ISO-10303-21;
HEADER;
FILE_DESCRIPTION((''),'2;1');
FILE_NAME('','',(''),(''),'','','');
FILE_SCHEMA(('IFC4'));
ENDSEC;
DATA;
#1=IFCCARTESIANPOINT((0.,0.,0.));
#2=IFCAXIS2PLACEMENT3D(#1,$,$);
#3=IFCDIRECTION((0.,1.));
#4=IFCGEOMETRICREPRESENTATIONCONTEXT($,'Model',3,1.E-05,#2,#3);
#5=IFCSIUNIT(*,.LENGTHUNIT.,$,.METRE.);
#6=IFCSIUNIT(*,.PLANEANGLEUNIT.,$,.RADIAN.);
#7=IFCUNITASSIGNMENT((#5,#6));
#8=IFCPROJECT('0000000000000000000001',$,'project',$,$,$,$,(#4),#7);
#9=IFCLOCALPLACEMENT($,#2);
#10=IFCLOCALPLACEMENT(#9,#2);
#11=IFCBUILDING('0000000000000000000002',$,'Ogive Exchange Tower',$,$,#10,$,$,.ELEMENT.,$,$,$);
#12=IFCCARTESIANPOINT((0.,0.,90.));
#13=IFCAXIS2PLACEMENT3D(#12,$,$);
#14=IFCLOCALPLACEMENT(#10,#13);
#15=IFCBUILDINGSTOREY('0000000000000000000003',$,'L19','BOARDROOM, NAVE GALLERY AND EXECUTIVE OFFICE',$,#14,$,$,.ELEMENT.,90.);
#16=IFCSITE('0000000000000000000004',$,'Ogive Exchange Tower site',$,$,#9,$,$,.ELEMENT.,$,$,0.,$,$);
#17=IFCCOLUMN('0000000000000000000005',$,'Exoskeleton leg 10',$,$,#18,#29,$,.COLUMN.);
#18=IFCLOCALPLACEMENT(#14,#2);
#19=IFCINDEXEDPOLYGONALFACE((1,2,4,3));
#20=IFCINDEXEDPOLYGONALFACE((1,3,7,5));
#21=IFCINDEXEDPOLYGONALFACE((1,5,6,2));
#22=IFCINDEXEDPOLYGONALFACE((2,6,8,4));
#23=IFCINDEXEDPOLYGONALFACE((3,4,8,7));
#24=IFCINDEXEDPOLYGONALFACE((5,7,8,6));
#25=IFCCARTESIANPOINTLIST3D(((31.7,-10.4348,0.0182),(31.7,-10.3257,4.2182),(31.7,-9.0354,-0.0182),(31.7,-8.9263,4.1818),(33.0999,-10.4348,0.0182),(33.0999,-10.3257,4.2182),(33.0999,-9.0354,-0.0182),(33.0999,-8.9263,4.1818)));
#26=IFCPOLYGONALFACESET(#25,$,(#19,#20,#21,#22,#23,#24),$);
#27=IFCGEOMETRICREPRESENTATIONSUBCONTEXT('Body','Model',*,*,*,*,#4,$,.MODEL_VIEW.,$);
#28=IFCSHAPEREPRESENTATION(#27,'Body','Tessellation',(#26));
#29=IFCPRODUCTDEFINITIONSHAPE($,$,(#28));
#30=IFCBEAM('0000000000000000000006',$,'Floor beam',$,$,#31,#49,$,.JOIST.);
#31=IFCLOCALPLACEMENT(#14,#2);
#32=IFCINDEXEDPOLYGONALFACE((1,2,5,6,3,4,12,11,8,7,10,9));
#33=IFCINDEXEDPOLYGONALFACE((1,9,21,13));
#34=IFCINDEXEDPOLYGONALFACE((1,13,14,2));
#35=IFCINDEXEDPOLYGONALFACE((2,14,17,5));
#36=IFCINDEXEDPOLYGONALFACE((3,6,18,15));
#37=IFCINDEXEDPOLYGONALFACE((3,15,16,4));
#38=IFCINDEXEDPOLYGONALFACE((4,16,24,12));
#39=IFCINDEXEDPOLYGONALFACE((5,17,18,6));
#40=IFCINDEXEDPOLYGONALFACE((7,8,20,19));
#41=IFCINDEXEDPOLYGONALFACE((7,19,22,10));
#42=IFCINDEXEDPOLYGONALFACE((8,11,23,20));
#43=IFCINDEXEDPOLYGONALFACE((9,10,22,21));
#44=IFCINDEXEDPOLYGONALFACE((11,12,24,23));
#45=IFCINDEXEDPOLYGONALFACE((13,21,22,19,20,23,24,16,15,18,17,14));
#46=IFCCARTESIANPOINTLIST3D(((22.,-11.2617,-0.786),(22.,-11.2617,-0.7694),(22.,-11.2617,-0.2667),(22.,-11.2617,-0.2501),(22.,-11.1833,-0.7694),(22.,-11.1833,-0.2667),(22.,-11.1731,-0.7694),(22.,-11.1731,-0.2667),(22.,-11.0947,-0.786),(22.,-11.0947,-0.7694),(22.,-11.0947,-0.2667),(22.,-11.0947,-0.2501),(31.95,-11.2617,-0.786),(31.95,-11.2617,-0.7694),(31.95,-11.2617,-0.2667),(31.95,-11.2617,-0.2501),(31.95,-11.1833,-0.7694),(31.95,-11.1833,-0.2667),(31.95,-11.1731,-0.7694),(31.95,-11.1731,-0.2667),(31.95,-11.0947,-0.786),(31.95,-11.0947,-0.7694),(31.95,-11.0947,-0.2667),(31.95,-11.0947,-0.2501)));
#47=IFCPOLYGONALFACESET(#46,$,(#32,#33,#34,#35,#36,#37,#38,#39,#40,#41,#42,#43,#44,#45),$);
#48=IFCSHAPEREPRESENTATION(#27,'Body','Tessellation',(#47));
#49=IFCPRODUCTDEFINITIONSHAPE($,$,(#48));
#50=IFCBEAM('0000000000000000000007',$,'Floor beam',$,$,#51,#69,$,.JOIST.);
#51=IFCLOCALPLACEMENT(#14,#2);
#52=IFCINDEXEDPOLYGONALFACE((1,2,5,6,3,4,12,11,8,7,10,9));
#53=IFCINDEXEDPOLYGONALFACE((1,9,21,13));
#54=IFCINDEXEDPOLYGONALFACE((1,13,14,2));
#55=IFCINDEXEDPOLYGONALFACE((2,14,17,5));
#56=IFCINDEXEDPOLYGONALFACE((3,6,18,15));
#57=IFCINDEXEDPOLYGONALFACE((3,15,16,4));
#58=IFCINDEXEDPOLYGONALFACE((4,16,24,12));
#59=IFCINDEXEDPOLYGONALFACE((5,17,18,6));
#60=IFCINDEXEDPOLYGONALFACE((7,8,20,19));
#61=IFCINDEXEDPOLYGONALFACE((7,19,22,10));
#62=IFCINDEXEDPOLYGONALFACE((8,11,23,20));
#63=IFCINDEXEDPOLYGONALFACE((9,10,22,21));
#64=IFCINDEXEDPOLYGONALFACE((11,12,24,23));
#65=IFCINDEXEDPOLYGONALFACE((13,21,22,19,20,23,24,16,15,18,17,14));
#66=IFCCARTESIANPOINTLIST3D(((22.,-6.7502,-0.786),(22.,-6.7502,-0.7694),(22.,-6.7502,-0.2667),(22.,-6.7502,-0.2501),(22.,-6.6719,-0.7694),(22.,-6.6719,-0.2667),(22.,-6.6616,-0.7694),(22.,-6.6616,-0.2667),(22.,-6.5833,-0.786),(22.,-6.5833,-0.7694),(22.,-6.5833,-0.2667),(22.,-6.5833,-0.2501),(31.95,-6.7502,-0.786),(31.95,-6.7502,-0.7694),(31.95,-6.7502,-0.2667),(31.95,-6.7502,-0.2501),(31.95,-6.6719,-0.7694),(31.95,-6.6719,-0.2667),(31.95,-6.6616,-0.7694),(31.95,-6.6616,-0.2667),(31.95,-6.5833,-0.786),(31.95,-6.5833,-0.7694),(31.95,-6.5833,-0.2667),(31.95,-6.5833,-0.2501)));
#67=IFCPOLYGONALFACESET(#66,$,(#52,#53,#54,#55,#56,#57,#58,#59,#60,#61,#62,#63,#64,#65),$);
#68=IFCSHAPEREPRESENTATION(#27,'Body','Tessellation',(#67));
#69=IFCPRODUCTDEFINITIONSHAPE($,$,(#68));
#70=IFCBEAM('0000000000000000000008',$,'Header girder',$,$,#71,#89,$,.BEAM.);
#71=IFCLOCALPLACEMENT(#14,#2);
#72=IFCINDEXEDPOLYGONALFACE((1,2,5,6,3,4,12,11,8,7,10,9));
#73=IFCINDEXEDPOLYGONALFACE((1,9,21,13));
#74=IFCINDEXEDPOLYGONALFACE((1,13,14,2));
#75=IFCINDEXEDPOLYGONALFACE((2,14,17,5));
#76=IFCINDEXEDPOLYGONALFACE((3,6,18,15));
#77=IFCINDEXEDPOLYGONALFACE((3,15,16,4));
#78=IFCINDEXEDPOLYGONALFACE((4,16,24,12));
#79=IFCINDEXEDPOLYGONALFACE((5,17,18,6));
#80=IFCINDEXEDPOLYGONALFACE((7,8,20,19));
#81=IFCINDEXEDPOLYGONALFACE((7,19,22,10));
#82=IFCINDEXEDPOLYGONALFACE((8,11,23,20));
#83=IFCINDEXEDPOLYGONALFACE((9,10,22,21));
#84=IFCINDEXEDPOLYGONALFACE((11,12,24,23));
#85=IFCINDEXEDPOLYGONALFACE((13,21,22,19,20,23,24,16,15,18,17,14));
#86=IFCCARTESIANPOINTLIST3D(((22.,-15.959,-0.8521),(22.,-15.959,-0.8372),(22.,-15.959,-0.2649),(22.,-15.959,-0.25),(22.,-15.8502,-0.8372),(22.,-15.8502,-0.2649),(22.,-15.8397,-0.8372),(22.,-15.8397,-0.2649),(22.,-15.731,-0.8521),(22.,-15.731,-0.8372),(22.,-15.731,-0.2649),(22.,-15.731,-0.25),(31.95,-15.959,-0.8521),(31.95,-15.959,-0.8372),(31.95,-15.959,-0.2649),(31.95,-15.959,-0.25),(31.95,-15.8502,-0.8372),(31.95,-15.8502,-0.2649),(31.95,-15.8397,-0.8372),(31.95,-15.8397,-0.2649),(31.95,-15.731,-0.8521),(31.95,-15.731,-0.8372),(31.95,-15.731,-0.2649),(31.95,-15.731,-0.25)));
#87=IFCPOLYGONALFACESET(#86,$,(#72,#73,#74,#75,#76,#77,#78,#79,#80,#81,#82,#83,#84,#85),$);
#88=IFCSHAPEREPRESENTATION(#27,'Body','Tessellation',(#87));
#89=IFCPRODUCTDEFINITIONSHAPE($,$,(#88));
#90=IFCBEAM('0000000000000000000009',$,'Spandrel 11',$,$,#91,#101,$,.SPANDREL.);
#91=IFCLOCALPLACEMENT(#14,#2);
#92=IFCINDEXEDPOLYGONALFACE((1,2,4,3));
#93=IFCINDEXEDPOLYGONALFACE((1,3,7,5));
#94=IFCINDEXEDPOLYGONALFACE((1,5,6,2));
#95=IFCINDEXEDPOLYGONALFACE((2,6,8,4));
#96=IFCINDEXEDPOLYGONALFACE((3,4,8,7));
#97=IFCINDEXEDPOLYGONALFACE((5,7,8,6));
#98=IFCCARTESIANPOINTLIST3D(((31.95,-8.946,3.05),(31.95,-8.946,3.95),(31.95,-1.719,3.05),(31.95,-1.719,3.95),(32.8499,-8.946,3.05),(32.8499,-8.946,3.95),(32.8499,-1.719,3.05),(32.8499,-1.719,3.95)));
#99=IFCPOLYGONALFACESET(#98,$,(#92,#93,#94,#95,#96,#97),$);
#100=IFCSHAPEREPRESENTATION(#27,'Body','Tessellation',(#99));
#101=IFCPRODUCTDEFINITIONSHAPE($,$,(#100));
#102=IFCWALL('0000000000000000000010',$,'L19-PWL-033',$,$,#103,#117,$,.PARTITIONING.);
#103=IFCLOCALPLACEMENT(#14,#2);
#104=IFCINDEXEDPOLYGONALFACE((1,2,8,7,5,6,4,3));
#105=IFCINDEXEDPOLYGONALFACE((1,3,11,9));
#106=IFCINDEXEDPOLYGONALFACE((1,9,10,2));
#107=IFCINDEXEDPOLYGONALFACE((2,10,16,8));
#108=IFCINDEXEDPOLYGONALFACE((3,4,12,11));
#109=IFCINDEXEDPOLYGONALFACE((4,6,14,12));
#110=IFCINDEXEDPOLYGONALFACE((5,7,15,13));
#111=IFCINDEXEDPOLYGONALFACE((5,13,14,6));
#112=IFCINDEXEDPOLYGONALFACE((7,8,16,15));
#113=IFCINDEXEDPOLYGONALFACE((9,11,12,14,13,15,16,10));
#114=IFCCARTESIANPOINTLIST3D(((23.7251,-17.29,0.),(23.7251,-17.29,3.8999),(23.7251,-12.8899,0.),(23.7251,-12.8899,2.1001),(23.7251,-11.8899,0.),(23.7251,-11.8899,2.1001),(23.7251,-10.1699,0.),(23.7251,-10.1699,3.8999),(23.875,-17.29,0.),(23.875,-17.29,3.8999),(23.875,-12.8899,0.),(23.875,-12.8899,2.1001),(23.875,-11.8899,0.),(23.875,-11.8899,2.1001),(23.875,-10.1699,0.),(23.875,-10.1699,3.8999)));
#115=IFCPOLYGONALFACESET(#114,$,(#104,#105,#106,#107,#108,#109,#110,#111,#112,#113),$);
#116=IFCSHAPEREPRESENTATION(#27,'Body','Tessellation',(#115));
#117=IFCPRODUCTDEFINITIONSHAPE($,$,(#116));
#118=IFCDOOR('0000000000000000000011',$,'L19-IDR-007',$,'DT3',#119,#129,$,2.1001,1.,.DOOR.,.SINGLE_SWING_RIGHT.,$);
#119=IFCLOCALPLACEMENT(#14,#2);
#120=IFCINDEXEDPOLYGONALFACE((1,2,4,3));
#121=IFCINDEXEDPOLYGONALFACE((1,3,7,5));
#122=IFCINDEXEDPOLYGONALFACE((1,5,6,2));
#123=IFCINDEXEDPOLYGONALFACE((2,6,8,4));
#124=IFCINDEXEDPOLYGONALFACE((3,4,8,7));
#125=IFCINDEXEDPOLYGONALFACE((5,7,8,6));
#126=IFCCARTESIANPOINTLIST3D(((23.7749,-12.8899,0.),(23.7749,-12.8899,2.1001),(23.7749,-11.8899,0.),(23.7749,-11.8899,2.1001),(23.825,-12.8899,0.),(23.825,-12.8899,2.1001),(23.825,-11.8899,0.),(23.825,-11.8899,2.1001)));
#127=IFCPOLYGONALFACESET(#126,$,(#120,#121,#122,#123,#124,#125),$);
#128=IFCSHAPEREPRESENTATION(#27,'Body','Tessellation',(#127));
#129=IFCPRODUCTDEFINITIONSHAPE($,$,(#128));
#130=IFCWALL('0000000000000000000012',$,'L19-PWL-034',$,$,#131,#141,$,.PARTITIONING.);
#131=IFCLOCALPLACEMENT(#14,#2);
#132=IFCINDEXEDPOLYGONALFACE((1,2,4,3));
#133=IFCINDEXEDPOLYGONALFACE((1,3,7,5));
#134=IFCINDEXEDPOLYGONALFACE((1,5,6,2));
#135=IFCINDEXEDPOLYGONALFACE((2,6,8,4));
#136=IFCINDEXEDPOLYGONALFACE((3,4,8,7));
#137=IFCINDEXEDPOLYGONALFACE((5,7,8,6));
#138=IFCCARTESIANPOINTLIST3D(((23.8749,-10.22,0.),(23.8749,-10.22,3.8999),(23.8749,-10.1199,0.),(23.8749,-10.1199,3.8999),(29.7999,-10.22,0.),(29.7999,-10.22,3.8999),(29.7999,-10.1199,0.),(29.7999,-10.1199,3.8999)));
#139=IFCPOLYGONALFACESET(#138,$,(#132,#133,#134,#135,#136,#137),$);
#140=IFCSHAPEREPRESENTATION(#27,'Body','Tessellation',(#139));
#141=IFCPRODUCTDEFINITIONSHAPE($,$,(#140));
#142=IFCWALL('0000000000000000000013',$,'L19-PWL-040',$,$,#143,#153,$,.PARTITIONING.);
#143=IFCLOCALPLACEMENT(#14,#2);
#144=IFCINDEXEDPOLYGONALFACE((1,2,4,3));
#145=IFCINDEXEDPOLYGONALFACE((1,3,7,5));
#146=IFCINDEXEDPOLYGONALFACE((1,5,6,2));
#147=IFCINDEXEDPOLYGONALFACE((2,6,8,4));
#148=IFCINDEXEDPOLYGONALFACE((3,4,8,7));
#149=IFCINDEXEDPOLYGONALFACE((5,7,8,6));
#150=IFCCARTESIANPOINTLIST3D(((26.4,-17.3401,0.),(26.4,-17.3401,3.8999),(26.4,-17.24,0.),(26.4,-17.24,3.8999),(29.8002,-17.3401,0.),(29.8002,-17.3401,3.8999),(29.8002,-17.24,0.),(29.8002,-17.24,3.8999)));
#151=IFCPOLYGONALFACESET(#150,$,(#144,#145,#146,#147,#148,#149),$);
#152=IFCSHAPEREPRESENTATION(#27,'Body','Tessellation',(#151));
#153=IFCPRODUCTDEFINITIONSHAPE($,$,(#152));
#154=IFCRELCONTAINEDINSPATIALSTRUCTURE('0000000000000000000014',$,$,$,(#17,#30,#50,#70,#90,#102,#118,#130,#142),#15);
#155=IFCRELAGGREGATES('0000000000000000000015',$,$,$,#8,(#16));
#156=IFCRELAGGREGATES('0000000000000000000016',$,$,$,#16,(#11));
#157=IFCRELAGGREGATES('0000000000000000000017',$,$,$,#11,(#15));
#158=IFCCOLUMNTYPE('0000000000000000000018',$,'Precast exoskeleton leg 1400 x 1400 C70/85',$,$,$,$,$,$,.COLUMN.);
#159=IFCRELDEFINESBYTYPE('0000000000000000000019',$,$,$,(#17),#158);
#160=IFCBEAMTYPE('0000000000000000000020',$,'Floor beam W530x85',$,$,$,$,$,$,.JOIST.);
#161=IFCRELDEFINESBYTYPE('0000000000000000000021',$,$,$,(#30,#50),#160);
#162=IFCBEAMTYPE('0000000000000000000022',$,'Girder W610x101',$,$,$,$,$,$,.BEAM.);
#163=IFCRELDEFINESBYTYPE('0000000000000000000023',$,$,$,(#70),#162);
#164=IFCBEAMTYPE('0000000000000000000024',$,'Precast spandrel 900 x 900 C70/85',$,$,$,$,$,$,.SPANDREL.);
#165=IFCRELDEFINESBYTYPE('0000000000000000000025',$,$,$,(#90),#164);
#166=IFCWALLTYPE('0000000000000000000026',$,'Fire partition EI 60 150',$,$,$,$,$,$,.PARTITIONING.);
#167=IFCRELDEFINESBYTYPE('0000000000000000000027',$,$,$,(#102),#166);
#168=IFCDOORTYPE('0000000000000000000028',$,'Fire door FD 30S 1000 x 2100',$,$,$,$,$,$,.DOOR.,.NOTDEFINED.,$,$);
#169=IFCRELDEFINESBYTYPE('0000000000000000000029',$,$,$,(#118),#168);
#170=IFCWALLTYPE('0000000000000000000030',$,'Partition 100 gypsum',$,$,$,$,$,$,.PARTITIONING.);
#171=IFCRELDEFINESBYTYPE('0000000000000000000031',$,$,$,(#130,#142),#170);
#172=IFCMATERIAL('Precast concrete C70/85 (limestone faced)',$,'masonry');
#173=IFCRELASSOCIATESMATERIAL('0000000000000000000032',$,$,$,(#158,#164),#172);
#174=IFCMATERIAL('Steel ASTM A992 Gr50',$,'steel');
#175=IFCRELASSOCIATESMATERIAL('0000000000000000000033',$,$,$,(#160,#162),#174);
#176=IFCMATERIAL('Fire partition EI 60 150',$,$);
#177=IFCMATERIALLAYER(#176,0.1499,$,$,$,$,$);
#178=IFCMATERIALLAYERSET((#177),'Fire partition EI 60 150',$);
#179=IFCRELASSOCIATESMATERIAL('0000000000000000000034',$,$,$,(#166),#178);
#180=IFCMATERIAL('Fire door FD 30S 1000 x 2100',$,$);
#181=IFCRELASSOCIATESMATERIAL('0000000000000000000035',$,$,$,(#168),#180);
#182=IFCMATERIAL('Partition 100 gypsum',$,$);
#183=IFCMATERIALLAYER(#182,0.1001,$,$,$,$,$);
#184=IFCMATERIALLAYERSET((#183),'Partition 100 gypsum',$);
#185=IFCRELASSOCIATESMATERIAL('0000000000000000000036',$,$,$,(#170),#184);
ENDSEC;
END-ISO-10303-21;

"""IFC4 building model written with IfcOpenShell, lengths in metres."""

from ifc_helpers import new_model, si_unit, direction, frame, frame_2d, origin, origin_2d, place, context, subcontext, project, spatial, rectangle, i_section, extrude, material, layer, layer_set, material_profile, profile_set, type_object, element, fill, save


model = new_model("IFC4")

# Units and contexts
model_context = context("Model", 3, precision=1e-05, world=origin(), true_north=direction((0.0, 1.0)))
body_context = subcontext(model_context, "Body", "Model", "MODEL_VIEW")
ifc_project = project(units=[si_unit("LENGTHUNIT", "METRE"), si_unit("PLANEANGLEUNIT", "RADIAN")], contexts=[model_context])

# Site, building, storey
site_placement = place(None, origin())
site = spatial("IfcSite", under=ifc_project, at=site_placement, Name="Ogive Exchange Tower site", CompositionType="ELEMENT", RefElevation=0.0)
building_placement = place(site_placement, origin())
building = spatial("IfcBuilding", under=site, at=building_placement, Name="Ogive Exchange Tower", CompositionType="ELEMENT")
storey_placement = place(building_placement, frame((0.0, 0.0, 90.0)))
storey = spatial("IfcBuildingStorey", under=building, at=storey_placement, Name="L19", Description="BOARDROOM, NAVE GALLERY AND EXECUTIVE OFFICE", CompositionType="ELEMENT", Elevation=90.0)

# Column
ifc_material_1 = material(Name="Precast concrete C70/85 (limestone faced)", Category="masonry")
ifc_material_profile_1 = material_profile(ifc_material_1, rectangle(XDim=1.3999, YDim=1.3999, at=origin_2d()), Name="1400 x 1400")
ifc_profile_set_1 = profile_set([ifc_material_profile_1], Name="Precast concrete C70/85 (limestone faced)")
column_type = type_object("IfcColumnType", Name="Precast exoskeleton leg 1400 x 1400 C70/85", PredefinedType="COLUMN", material=ifc_profile_set_1)
column_placement = place(storey_placement, frame((32.3999, -9.7351, 0.0), z_axis=(0.0, 0.025975, 0.999663), x_axis=(-1.0, 0.0, 0.0)))
element("IfcColumn", 1, at=column_placement, inside=storey, type_object=column_type, Name="Exoskeleton leg 10", PredefinedType="COLUMN", context=body_context, shape_type="SweptSolid", body=[
    extrude(rectangle(XDim=1.3999, YDim=1.3999, at=origin_2d()), origin(), (0.0, 0.0, 1.0), 4.2014),
])

# Beams
ifc_material_2 = material(Name="Steel ASTM A992 Gr50", Category="steel")
ifc_material_profile_2 = material_profile(ifc_material_2, i_section(OverallWidth=0.167, OverallDepth=0.5359, WebThickness=0.0103, FlangeThickness=0.0166, at=origin_2d()), Name="W530x85")
ifc_profile_set_2 = profile_set([ifc_material_profile_2], Name="Steel ASTM A992 Gr50")
beam_type_1 = type_object("IfcBeamType", Name="Floor beam W530x85", PredefinedType="JOIST", material=ifc_profile_set_2)
for number, where, z_axis, x_axis, name in (
    (2, (22.0, -11.1782, -0.5181), (1.0, 0.0, 0.0), (0.0, 1.0, 0.0), "Floor beam"),
    (3, (22.0, -6.6667, -0.5181), (1.0, 0.0, 0.0), (0.0, 1.0, 0.0), "Floor beam"),
):
    element("IfcBeam", number, at=place(storey_placement, frame(where, z_axis=z_axis, x_axis=x_axis)), inside=storey, type_object=beam_type_1, Name=name, PredefinedType="JOIST", context=body_context, shape_type="SweptSolid", body=[
        extrude(i_section(OverallWidth=0.167, OverallDepth=0.5359, WebThickness=0.0103, FlangeThickness=0.0166, at=origin_2d()), origin(), (0.0, 0.0, 1.0), 9.95),
    ])
ifc_material_profile_3 = material_profile(ifc_material_2, i_section(OverallWidth=0.228, OverallDepth=0.6021, WebThickness=0.0105, FlangeThickness=0.0149, at=origin_2d()), Name="W610x101")
ifc_profile_set_3 = profile_set([ifc_material_profile_3], Name="Steel ASTM A992 Gr50")
beam_type_2 = type_object("IfcBeamType", Name="Girder W610x101", PredefinedType="BEAM", material=ifc_profile_set_3)
beam_1_placement = place(storey_placement, frame((22.0, -15.845, -0.551), z_axis=(1.0, 0.0, 0.0), x_axis=(0.0, 1.0, 0.0)))
element("IfcBeam", 4, at=beam_1_placement, inside=storey, type_object=beam_type_2, Name="Header girder", PredefinedType="BEAM", context=body_context, shape_type="SweptSolid", body=[
    extrude(i_section(OverallWidth=0.228, OverallDepth=0.6021, WebThickness=0.0105, FlangeThickness=0.0149, at=origin_2d()), origin(), (0.0, 0.0, 1.0), 9.95),
])
ifc_material_profile_4 = material_profile(ifc_material_1, rectangle(XDim=0.8999, YDim=0.8999, at=origin_2d()), Name="900 x 900")
ifc_profile_set_4 = profile_set([ifc_material_profile_4], Name="Precast concrete C70/85 (limestone faced)")
beam_type_3 = type_object("IfcBeamType", Name="Precast spandrel 900 x 900 C70/85", PredefinedType="SPANDREL", material=ifc_profile_set_4)
beam_2_placement = place(storey_placement, frame((32.3999, -8.946, 3.5), z_axis=(0.0, 1.0, 0.0), x_axis=(-1.0, 0.0, 0.0)))
element("IfcBeam", 5, at=beam_2_placement, inside=storey, type_object=beam_type_3, Name="Spandrel 11", PredefinedType="SPANDREL", context=body_context, shape_type="SweptSolid", body=[
    extrude(rectangle(XDim=0.8999, YDim=0.8999, at=origin_2d()), origin(), (0.0, 0.0, 1.0), 7.2271),
])

# Wall, opening, door
ifc_material_3 = material(Name="Fire partition EI 60 150")
ifc_layer_1 = layer(ifc_material_3, 0.1499)
ifc_layer_set_1 = layer_set([ifc_layer_1], Name="Fire partition EI 60 150")
wall_type_1 = type_object("IfcWallType", Name="Fire partition EI 60 150", PredefinedType="PARTITIONING", material=ifc_layer_set_1)
wall_1_placement = place(storey_placement, frame((23.8, -10.1699, 0.0), z_axis=(0.0, 0.0, 1.0), x_axis=(0.0, -1.0, 0.0)))
wall_1 = element("IfcWall", 6, at=wall_1_placement, inside=storey, type_object=wall_type_1, Name="L19-PWL-033", PredefinedType="PARTITIONING", context=body_context, shape_type="SweptSolid", body=[
    extrude(rectangle(XDim=7.1201, YDim=0.1499, at=frame_2d((3.5601, 0.0))), origin(), (0.0, 0.0, 1.0), 3.8999),
])
opening_1_placement = place(wall_1_placement, frame((1.72, 0.0, 0.0)))
opening_1 = element("IfcOpeningElement", 7, at=opening_1_placement, cuts=wall_1, PredefinedType="OPENING", context=body_context, shape_type="SweptSolid", body=[
    extrude(rectangle(XDim=1.0, YDim=2.1001, at=frame_2d((0.5, 1.05))), frame((0.0, 0.085, 0.0), z_axis=(0.0, -1.0, 0.0), x_axis=(1.0, 0.0, 0.0)), (0.0, 0.0, 1.0), 0.1699),
])
ifc_material_4 = material(Name="Fire door FD 30S 1000 x 2100")
door_type_1 = type_object("IfcDoorType", Name="Fire door FD 30S 1000 x 2100", OperationType="NOTDEFINED", PredefinedType="DOOR", material=ifc_material_4)
door_1_placement = place(opening_1_placement, origin())
door_1 = element("IfcDoor", 8, at=door_1_placement, inside=storey, type_object=door_type_1, Name="L19-IDR-007", ObjectType="DT3", OperationType="SINGLE_SWING_RIGHT", OverallHeight=2.1001, OverallWidth=1.0, PredefinedType="DOOR", context=body_context, shape_type="SweptSolid", body=[
    extrude(rectangle(XDim=1.0, YDim=2.1001, at=frame_2d((0.5, 1.05))), frame((0.0, 0.0249, 0.0), z_axis=(0.0, -1.0, 0.0), x_axis=(1.0, 0.0, 0.0)), (0.0, 0.0, 1.0), 0.05),
])
fill(opening_1, door_1)

# Walls
ifc_material_5 = material(Name="Partition 100 gypsum")
ifc_layer_2 = layer(ifc_material_5, 0.1001)
ifc_layer_set_2 = layer_set([ifc_layer_2], Name="Partition 100 gypsum")
wall_type_2 = type_object("IfcWallType", Name="Partition 100 gypsum", PredefinedType="PARTITIONING", material=ifc_layer_set_2)
wall_2_placement = place(storey_placement, frame((23.875, -10.1699, 0.0), z_axis=(0.0, 0.0, 1.0), x_axis=(1.0, 0.0, 0.0)))
element("IfcWall", 9, at=wall_2_placement, inside=storey, type_object=wall_type_2, Name="L19-PWL-034", PredefinedType="PARTITIONING", context=body_context, shape_type="SweptSolid", body=[
    extrude(rectangle(XDim=5.925, YDim=0.1001, at=frame_2d((2.9624, 0.0))), origin(), (0.0, 0.0, 1.0), 3.8999),
])
wall_3_placement = place(storey_placement, frame((26.3999, -17.29, 0.0), z_axis=(0.0, 0.0, 1.0), x_axis=(1.0, 0.0, 0.0)))
element("IfcWall", 10, at=wall_3_placement, inside=storey, type_object=wall_type_2, Name="L19-PWL-040", PredefinedType="PARTITIONING", context=body_context, shape_type="SweptSolid", body=[
    extrude(rectangle(XDim=3.4001, YDim=0.1001, at=frame_2d((1.7002, 0.0))), origin(), (0.0, 0.0, 1.0), 3.8999),
])

save(model, "model.ifc")
